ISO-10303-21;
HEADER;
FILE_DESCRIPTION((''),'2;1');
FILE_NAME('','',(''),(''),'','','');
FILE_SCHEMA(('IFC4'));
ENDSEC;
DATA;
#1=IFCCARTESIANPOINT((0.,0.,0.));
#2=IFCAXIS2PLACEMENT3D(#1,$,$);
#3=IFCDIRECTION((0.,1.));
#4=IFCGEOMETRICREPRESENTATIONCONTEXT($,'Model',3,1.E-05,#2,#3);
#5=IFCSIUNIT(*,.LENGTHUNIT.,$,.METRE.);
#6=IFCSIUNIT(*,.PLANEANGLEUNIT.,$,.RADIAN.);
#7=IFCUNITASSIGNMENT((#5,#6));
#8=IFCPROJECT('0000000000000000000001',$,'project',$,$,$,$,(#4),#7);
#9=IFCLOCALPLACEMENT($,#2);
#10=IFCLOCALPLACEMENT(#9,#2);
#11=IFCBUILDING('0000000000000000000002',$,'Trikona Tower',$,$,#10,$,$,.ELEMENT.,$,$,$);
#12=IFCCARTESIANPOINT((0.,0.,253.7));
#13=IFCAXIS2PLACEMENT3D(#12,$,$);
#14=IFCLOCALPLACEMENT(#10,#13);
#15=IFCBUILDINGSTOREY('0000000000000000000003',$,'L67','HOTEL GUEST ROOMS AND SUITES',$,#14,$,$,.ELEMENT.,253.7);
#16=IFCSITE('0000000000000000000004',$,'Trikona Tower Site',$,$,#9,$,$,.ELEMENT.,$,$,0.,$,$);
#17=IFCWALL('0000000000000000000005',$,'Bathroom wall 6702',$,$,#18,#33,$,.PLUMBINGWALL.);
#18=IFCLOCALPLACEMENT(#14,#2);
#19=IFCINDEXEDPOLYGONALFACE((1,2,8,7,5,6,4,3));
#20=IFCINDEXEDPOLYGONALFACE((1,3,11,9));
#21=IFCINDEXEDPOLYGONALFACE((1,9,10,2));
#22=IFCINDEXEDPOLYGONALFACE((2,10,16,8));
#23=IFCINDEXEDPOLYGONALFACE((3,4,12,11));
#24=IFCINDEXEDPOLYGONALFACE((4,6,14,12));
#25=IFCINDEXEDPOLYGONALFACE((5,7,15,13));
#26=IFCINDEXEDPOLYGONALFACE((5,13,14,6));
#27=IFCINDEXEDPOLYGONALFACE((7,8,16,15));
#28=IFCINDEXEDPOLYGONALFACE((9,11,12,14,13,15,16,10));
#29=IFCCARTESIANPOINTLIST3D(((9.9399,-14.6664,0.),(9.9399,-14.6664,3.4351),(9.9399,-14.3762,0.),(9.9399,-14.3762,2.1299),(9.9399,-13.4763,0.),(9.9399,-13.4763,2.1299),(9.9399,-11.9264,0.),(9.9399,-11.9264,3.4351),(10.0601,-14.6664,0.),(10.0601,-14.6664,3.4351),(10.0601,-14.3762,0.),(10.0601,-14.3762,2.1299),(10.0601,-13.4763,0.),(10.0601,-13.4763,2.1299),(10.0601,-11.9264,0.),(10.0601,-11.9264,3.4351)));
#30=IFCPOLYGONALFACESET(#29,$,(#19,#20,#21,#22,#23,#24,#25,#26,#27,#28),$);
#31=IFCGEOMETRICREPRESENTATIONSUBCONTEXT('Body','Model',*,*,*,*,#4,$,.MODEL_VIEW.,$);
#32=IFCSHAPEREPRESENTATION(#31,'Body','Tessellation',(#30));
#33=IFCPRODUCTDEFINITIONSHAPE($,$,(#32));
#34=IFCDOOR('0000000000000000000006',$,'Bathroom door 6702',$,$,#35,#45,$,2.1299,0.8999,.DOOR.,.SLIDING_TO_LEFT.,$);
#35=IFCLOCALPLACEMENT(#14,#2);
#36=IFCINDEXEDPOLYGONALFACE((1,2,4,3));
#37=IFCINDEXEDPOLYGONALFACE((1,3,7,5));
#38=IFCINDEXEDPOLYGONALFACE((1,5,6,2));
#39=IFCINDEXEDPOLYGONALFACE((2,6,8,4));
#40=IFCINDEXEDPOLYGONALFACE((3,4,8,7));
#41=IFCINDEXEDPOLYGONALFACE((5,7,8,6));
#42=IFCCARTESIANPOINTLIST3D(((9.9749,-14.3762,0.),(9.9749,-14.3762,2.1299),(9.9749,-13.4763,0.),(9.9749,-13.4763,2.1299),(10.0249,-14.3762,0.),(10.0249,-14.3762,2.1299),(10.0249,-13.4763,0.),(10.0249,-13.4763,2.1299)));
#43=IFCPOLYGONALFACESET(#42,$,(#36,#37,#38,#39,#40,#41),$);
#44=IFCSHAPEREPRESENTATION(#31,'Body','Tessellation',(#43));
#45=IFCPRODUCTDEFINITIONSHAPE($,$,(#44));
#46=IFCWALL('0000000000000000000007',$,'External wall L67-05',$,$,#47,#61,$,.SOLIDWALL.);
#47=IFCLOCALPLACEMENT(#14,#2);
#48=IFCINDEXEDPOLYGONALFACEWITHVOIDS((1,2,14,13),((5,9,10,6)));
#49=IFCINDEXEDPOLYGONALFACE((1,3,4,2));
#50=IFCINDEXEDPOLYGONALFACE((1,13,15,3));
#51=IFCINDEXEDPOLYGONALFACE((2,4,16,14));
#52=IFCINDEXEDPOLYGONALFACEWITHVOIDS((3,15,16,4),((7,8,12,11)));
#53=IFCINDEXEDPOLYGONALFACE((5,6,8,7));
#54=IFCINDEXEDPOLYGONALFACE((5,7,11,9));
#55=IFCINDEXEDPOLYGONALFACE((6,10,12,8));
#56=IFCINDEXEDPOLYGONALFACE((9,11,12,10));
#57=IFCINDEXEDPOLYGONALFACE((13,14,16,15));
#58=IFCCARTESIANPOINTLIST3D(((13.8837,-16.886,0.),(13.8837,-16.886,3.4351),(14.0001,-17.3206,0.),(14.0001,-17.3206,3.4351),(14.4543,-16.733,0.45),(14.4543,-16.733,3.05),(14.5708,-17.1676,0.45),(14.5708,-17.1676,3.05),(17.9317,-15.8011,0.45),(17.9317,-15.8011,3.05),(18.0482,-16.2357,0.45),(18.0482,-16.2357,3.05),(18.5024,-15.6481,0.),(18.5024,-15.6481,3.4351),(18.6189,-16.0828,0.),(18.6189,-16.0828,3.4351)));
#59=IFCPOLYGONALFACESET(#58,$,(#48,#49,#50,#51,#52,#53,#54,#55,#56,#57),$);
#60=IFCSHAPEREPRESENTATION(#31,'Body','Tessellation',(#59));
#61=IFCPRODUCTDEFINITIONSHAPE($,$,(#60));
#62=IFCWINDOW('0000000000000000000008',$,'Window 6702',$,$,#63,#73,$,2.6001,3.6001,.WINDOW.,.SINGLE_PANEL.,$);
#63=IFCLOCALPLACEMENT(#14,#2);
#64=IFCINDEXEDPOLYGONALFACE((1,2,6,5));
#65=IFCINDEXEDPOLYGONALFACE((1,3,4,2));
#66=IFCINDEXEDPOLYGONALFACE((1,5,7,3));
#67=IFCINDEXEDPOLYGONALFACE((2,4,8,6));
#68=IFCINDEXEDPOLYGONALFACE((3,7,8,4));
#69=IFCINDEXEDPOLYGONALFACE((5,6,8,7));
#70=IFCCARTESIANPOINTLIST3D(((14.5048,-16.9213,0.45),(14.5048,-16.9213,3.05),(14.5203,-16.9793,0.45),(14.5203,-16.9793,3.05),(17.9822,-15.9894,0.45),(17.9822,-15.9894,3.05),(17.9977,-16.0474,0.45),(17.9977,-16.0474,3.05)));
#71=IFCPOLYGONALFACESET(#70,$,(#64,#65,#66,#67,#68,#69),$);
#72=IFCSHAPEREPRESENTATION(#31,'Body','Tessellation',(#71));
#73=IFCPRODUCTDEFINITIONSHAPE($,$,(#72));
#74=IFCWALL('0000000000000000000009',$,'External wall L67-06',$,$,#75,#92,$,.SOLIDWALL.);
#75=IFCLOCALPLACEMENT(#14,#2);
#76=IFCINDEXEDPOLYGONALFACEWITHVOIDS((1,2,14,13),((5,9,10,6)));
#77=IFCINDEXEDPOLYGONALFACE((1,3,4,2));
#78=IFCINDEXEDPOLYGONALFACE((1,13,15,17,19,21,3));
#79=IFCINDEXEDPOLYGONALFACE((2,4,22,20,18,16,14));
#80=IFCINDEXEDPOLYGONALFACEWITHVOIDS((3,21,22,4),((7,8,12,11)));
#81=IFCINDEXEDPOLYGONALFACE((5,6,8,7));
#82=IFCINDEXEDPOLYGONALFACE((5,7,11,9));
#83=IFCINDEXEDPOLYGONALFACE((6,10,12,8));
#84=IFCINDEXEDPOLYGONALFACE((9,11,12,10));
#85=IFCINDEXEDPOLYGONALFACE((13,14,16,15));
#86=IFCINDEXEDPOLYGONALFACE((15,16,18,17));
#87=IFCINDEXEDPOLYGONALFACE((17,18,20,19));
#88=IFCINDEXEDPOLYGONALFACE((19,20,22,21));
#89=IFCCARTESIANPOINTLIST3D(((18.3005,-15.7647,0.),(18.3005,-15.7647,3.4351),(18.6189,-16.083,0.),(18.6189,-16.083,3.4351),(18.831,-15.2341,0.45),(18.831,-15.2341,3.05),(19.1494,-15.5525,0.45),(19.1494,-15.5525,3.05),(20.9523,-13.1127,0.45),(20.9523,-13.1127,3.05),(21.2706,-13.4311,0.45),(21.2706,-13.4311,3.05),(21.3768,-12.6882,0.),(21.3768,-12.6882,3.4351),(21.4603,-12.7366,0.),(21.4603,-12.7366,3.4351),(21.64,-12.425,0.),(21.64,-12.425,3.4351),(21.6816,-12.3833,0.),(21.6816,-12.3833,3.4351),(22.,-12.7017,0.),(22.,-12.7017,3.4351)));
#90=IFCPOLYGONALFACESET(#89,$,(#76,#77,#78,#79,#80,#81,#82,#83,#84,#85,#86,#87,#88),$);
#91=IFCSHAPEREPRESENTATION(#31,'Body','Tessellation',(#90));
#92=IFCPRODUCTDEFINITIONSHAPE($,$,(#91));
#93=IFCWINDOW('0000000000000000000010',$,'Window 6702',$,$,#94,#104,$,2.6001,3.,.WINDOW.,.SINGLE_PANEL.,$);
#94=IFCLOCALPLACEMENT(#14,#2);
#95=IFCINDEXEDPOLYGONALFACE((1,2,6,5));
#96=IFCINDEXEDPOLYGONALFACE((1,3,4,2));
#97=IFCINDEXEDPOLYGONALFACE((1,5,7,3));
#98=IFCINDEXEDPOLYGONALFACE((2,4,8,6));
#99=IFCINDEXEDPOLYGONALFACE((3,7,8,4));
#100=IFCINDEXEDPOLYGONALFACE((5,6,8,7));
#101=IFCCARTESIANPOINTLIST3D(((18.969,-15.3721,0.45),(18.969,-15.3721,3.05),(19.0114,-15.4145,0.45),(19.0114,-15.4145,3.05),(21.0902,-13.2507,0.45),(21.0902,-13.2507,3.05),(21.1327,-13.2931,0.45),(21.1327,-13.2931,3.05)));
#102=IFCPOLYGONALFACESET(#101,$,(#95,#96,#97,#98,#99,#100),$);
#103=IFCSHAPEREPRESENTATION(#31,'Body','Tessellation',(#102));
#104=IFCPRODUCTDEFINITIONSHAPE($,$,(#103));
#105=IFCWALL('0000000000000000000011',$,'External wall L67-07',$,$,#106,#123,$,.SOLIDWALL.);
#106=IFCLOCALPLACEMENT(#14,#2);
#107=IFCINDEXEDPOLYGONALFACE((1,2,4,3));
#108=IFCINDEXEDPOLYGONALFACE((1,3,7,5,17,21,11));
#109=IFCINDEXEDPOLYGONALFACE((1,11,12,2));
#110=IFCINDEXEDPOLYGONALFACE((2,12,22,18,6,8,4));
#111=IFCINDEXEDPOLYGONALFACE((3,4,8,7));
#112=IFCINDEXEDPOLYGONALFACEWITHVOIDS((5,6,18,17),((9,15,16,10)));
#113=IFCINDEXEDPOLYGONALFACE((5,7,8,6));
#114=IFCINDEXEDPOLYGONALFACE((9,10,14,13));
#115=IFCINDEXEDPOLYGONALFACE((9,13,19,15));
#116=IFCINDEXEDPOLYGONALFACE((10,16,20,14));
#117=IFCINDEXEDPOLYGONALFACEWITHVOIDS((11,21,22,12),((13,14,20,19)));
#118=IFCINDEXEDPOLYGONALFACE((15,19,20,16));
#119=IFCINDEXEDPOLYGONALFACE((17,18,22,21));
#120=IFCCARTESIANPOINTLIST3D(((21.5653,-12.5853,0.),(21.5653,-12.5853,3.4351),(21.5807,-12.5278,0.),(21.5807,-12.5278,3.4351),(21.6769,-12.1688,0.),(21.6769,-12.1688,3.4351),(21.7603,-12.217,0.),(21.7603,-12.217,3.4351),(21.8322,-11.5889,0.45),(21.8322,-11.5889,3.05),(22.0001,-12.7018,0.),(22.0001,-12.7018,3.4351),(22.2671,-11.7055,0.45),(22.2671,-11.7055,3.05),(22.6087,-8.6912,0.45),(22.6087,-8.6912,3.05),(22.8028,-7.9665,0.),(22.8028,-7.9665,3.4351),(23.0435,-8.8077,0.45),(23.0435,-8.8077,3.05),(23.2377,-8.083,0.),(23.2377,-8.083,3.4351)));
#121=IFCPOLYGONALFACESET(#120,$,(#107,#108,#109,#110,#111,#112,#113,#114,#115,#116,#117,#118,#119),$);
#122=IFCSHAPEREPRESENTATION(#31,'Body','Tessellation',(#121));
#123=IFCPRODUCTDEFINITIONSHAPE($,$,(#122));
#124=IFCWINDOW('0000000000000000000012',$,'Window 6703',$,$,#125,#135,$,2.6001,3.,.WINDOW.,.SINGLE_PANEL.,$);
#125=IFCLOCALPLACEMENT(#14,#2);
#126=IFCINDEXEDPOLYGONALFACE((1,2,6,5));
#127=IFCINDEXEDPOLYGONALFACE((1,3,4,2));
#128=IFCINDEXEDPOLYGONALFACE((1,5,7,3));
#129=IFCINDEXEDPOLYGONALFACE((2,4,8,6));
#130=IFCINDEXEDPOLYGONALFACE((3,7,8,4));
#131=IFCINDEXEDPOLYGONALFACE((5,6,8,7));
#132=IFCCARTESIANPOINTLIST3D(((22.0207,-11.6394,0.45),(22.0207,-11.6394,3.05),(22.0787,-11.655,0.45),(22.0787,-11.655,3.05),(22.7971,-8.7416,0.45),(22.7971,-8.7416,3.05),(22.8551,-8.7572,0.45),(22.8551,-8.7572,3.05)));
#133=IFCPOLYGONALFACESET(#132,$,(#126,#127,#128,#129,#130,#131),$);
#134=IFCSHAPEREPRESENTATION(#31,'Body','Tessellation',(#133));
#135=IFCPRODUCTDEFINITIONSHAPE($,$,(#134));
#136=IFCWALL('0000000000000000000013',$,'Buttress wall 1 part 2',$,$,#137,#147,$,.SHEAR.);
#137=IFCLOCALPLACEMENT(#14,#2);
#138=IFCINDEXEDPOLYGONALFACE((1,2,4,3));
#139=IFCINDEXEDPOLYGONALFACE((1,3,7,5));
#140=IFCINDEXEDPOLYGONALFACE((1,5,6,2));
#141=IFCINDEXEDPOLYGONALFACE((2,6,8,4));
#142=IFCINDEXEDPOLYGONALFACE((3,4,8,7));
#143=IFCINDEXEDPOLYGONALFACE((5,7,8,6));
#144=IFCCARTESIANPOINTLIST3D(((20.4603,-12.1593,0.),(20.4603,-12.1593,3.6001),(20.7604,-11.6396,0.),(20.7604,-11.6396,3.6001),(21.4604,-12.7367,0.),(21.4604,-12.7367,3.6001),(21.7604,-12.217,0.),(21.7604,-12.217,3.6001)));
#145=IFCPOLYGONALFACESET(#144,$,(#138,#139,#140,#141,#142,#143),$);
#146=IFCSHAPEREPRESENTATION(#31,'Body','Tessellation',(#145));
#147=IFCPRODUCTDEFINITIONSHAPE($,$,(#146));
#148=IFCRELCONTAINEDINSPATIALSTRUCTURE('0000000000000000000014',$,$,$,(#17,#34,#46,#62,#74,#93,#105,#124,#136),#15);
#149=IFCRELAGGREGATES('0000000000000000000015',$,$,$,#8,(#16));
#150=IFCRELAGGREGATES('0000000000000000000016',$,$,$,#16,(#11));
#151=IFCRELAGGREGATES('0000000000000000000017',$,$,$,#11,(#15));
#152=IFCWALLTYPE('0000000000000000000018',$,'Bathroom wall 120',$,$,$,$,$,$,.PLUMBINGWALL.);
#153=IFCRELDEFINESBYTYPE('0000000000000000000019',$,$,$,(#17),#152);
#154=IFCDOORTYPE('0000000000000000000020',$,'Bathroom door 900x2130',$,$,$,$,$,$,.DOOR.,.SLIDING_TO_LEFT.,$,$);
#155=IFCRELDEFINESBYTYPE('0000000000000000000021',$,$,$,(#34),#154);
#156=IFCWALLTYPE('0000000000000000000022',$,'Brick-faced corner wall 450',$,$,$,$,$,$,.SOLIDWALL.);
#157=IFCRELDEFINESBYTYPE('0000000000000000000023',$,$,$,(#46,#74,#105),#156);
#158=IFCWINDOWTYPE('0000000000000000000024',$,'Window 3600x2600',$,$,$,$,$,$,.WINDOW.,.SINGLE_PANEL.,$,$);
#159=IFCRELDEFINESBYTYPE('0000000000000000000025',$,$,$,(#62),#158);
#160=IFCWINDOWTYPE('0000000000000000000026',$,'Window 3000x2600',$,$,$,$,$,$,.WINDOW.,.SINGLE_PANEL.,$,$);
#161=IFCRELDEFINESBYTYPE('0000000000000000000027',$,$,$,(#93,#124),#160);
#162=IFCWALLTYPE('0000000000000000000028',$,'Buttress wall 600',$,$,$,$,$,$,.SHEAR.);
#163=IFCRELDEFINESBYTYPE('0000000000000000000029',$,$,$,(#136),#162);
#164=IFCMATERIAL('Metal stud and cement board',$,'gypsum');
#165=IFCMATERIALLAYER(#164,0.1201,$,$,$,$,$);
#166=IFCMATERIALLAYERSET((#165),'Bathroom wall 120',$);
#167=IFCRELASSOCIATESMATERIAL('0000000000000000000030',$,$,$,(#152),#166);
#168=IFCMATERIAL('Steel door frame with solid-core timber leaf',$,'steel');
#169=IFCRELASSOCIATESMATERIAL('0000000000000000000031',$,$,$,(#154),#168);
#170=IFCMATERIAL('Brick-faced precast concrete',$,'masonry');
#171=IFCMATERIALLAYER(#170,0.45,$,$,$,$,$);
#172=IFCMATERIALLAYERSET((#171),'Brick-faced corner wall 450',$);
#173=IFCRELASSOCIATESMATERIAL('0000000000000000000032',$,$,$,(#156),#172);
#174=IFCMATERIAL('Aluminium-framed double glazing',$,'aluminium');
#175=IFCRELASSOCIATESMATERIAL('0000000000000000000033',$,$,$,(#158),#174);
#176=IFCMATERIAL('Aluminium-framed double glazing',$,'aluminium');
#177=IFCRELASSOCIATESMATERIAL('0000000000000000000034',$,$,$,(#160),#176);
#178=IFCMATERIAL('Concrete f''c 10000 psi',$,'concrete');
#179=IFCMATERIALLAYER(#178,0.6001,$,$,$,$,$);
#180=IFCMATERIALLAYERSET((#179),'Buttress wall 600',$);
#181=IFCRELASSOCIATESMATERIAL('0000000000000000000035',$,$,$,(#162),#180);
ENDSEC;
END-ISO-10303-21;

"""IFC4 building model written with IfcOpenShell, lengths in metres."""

from ifc_helpers import new_model, si_unit, direction, frame, frame_2d, origin, place, context, subcontext, project, spatial, polyline, rectangle, outline, extrude, material, layer, layer_set, type_object, element, fill, save


model = new_model("IFC4")

# Units and contexts
model_context = context("Model", 3, precision=1e-05, world=origin(), true_north=direction((0.0, 1.0)))
body_context = subcontext(model_context, "Body", "Model", "MODEL_VIEW")
ifc_project = project(units=[si_unit("LENGTHUNIT", "METRE"), si_unit("PLANEANGLEUNIT", "RADIAN")], contexts=[model_context])

# Site, building, storey
site_placement = place(None, origin())
site = spatial("IfcSite", under=ifc_project, at=site_placement, Name="Trikona Tower Site", CompositionType="ELEMENT", RefElevation=0.0)
building_placement = place(site_placement, origin())
building = spatial("IfcBuilding", under=site, at=building_placement, Name="Trikona Tower", CompositionType="ELEMENT")
storey_placement = place(building_placement, frame((0.0, 0.0, 253.7)))
storey = spatial("IfcBuildingStorey", under=building, at=storey_placement, Name="L67", Description="HOTEL GUEST ROOMS AND SUITES", CompositionType="ELEMENT", Elevation=253.7)

# Wall, opening, door
ifc_material_1 = material(Name="Metal stud and cement board", Category="gypsum")
ifc_layer_1 = layer(ifc_material_1, 0.1201)
ifc_layer_set_1 = layer_set([ifc_layer_1], Name="Bathroom wall 120")
wall_type_1 = type_object("IfcWallType", Name="Bathroom wall 120", PredefinedType="PLUMBINGWALL", material=ifc_layer_set_1)
wall_1_placement = place(storey_placement, frame((10.0, -11.9263, 0.0), z_axis=(0.0, 0.0, 1.0), x_axis=(0.0, -1.0, 0.0)))
wall_1 = element("IfcWall", 1, at=wall_1_placement, inside=storey, type_object=wall_type_1, Name="Bathroom wall 6702", PredefinedType="PLUMBINGWALL", context=body_context, shape_type="SweptSolid", body=[
    extrude(rectangle(XDim=2.74, YDim=0.1201, at=frame_2d((1.3701, 0.0))), origin(), (0.0, 0.0, 1.0), 3.4351),
])
opening_1_placement = place(wall_1_placement, frame((1.55, 0.0, 0.0)))
opening_1 = element("IfcOpeningElement", 2, at=opening_1_placement, cuts=wall_1, PredefinedType="OPENING", context=body_context, shape_type="SweptSolid", body=[
    extrude(rectangle(XDim=0.8999, YDim=2.1299, at=frame_2d((0.45, 1.0649))), frame((0.0, 0.0701, 0.0), z_axis=(0.0, -1.0, 0.0), x_axis=(1.0, 0.0, 0.0)), (0.0, 0.0, 1.0), 0.1401),
])
ifc_material_2 = material(Name="Steel door frame with solid-core timber leaf", Category="steel")
door_type_1 = type_object("IfcDoorType", Name="Bathroom door 900x2130", OperationType="SLIDING_TO_LEFT", PredefinedType="DOOR", material=ifc_material_2)
door_1_placement = place(opening_1_placement, origin())
door_1 = element("IfcDoor", 3, at=door_1_placement, inside=storey, type_object=door_type_1, Name="Bathroom door 6702", OperationType="SLIDING_TO_LEFT", OverallHeight=2.1299, OverallWidth=0.8999, PredefinedType="DOOR", context=body_context, shape_type="SweptSolid", body=[
    extrude(rectangle(XDim=0.8999, YDim=2.1299, at=frame_2d((0.45, 1.0649))), frame((0.0, 0.0249, 0.0), z_axis=(0.0, -1.0, 0.0), x_axis=(1.0, 0.0, 0.0)), (0.0, 0.0, 1.0), 0.05),
])
fill(opening_1, door_1)

# Walls, openings, windows
ifc_material_3 = material(Name="Brick-faced precast concrete", Category="masonry")
ifc_layer_2 = layer(ifc_material_3, 0.45)
ifc_layer_set_2 = layer_set([ifc_layer_2], Name="Brick-faced corner wall 450")
wall_type_2 = type_object("IfcWallType", Name="Brick-faced corner wall 450", PredefinedType="SOLIDWALL", material=ifc_layer_set_2)
wall_2_placement = place(storey_placement, frame((13.9419, -17.1033, 0.0), z_axis=(0.0, 0.0, 1.0), x_axis=(0.965914, 0.258864, 0.0)))
wall_2 = element("IfcWall", 4, at=wall_2_placement, inside=storey, type_object=wall_type_2, Name="External wall L67-05", PredefinedType="SOLIDWALL", context=body_context, shape_type="SweptSolid", body=[
    extrude(rectangle(XDim=4.7817, YDim=0.45, at=frame_2d((2.3909, 0.0))), origin(), (0.0, 0.0, 1.0), 3.4351),
])
opening_2_placement = place(wall_2_placement, frame((0.5908, 0.0, 0.45)))
opening_2 = element("IfcOpeningElement", 5, at=opening_2_placement, cuts=wall_2, PredefinedType="OPENING", context=body_context, shape_type="SweptSolid", body=[
    extrude(rectangle(XDim=3.6001, YDim=2.6001, at=frame_2d((1.8, 1.3))), frame((0.0, 0.2349, 0.0), z_axis=(0.0, -1.0, 0.0), x_axis=(1.0, 0.0, 0.0)), (0.0, 0.0, 1.0), 0.47),
])
ifc_material_4 = material(Name="Aluminium-framed double glazing", Category="aluminium")
window_type_1 = type_object("IfcWindowType", Name="Window 3600x2600", PartitioningType="SINGLE_PANEL", PredefinedType="WINDOW", material=ifc_material_4)
window_1_placement = place(opening_2_placement, origin())
window_1 = element("IfcWindow", 6, at=window_1_placement, inside=storey, type_object=window_type_1, Name="Window 6702", OverallHeight=2.6001, OverallWidth=3.6001, PartitioningType="SINGLE_PANEL", PredefinedType="WINDOW", context=body_context, shape_type="SweptSolid", body=[
    extrude(rectangle(XDim=3.6001, YDim=2.6001, at=frame_2d((1.8, 1.3))), frame((0.0, 0.03, 0.0), z_axis=(0.0, -1.0, 0.0), x_axis=(1.0, 0.0, 0.0)), (0.0, 0.0, 1.0), 0.0601),
])
fill(opening_2, window_1)
wall_3_placement = place(storey_placement, frame((18.4597, -15.9238, 0.0), z_axis=(0.0, 0.0, 1.0), x_axis=(0.707081, 0.707132, 0.0)))
wall_3 = element("IfcWall", 7, at=wall_3_placement, inside=storey, type_object=wall_type_2, Name="External wall L67-06", PredefinedType="SOLIDWALL", context=body_context, shape_type="SweptSolid", body=[
    extrude(outline(polyline([(4.7817, 0.2251), (4.7229, 0.2251), (4.3755, 0.1318), (4.3506, 0.2251), (0.0, 0.2251), (0.0, -0.2251), (4.7817, -0.2251), (4.7817, 0.2251)])), origin(), (0.0, 0.0, 1.0), 3.4351),
])
opening_3_placement = place(wall_3_placement, frame((0.7502, 0.0, 0.45)))
opening_3 = element("IfcOpeningElement", 8, at=opening_3_placement, cuts=wall_3, PredefinedType="OPENING", context=body_context, shape_type="SweptSolid", body=[
    extrude(rectangle(XDim=3.0, YDim=2.6001, at=frame_2d((1.5, 1.3))), frame((0.0, 0.2349, 0.0), z_axis=(0.0, -1.0, 0.0), x_axis=(1.0, 0.0, 0.0)), (0.0, 0.0, 1.0), 0.47),
])
ifc_material_5 = material(Name="Aluminium-framed double glazing", Category="aluminium")
window_type_2 = type_object("IfcWindowType", Name="Window 3000x2600", PartitioningType="SINGLE_PANEL", PredefinedType="WINDOW", material=ifc_material_5)
window_2_placement = place(opening_3_placement, origin())
window_2 = element("IfcWindow", 9, at=window_2_placement, inside=storey, type_object=window_type_2, Name="Window 6702", OverallHeight=2.6001, OverallWidth=3.0, PartitioningType="SINGLE_PANEL", PredefinedType="WINDOW", context=body_context, shape_type="SweptSolid", body=[
    extrude(rectangle(XDim=3.0, YDim=2.6001, at=frame_2d((1.5, 1.3))), frame((0.0, 0.03, 0.0), z_axis=(0.0, -1.0, 0.0), x_axis=(1.0, 0.0, 0.0)), (0.0, 0.0, 1.0), 0.0601),
])
fill(opening_3, window_2)
wall_4_placement = place(storey_placement, frame((21.7827, -12.6436, 0.0), z_axis=(0.0, 0.0, 1.0), x_axis=(0.258803, 0.96593, 0.0)))
wall_4 = element("IfcWall", 10, at=wall_4_placement, inside=storey, type_object=wall_type_2, Name="External wall L67-07", PredefinedType="SOLIDWALL", context=body_context, shape_type="SweptSolid", body=[
    extrude(outline(polyline([(4.7817, 0.2251), (0.4312, 0.2251), (0.4062, 0.1321), (0.0596, 0.2251), (0.0, 0.2251), (0.0, -0.2251), (4.7817, -0.2251), (4.7817, 0.2251)])), origin(), (0.0, 0.0, 1.0), 3.4351),
])
opening_4_placement = place(wall_4_placement, frame((1.0315, 0.0, 0.45)))
opening_4 = element("IfcOpeningElement", 11, at=opening_4_placement, cuts=wall_4, PredefinedType="OPENING", context=body_context, shape_type="SweptSolid", body=[
    extrude(rectangle(XDim=3.0, YDim=2.6001, at=frame_2d((1.5, 1.3))), frame((0.0, 0.2349, 0.0), z_axis=(0.0, -1.0, 0.0), x_axis=(1.0, 0.0, 0.0)), (0.0, 0.0, 1.0), 0.47),
])
window_3_placement = place(opening_4_placement, origin())
window_3 = element("IfcWindow", 12, at=window_3_placement, inside=storey, type_object=window_type_2, Name="Window 6703", OverallHeight=2.6001, OverallWidth=3.0, PartitioningType="SINGLE_PANEL", PredefinedType="WINDOW", context=body_context, shape_type="SweptSolid", body=[
    extrude(rectangle(XDim=3.0, YDim=2.6001, at=frame_2d((1.5, 1.3))), frame((0.0, 0.03, 0.0), z_axis=(0.0, -1.0, 0.0), x_axis=(1.0, 0.0, 0.0)), (0.0, 0.0, 1.0), 0.0601),
])
fill(opening_4, window_3)

# Wall
ifc_material_6 = material(Name="Concrete f'c 10000 psi", Category="concrete")
ifc_layer_3 = layer(ifc_material_6, 0.6001)
ifc_layer_set_3 = layer_set([ifc_layer_3], Name="Buttress wall 600")
wall_type_3 = type_object("IfcWallType", Name="Buttress wall 600", PredefinedType="SHEAR", material=ifc_layer_set_3)
wall_5_placement = place(storey_placement, frame((20.6104, -11.8994, 0.0), z_axis=(0.0, 0.0, 1.0), x_axis=(0.86601, -0.500027, 0.0)))
element("IfcWall", 13, at=wall_5_placement, inside=storey, type_object=wall_type_3, Name="Buttress wall 1 part 2", PredefinedType="SHEAR", context=body_context, shape_type="SweptSolid", body=[
    extrude(rectangle(XDim=1.1548, YDim=0.6001, at=frame_2d((0.5774, 0.0))), origin(), (0.0, 0.0, 1.0), 3.6001),
])

save(model, "model.ifc")
